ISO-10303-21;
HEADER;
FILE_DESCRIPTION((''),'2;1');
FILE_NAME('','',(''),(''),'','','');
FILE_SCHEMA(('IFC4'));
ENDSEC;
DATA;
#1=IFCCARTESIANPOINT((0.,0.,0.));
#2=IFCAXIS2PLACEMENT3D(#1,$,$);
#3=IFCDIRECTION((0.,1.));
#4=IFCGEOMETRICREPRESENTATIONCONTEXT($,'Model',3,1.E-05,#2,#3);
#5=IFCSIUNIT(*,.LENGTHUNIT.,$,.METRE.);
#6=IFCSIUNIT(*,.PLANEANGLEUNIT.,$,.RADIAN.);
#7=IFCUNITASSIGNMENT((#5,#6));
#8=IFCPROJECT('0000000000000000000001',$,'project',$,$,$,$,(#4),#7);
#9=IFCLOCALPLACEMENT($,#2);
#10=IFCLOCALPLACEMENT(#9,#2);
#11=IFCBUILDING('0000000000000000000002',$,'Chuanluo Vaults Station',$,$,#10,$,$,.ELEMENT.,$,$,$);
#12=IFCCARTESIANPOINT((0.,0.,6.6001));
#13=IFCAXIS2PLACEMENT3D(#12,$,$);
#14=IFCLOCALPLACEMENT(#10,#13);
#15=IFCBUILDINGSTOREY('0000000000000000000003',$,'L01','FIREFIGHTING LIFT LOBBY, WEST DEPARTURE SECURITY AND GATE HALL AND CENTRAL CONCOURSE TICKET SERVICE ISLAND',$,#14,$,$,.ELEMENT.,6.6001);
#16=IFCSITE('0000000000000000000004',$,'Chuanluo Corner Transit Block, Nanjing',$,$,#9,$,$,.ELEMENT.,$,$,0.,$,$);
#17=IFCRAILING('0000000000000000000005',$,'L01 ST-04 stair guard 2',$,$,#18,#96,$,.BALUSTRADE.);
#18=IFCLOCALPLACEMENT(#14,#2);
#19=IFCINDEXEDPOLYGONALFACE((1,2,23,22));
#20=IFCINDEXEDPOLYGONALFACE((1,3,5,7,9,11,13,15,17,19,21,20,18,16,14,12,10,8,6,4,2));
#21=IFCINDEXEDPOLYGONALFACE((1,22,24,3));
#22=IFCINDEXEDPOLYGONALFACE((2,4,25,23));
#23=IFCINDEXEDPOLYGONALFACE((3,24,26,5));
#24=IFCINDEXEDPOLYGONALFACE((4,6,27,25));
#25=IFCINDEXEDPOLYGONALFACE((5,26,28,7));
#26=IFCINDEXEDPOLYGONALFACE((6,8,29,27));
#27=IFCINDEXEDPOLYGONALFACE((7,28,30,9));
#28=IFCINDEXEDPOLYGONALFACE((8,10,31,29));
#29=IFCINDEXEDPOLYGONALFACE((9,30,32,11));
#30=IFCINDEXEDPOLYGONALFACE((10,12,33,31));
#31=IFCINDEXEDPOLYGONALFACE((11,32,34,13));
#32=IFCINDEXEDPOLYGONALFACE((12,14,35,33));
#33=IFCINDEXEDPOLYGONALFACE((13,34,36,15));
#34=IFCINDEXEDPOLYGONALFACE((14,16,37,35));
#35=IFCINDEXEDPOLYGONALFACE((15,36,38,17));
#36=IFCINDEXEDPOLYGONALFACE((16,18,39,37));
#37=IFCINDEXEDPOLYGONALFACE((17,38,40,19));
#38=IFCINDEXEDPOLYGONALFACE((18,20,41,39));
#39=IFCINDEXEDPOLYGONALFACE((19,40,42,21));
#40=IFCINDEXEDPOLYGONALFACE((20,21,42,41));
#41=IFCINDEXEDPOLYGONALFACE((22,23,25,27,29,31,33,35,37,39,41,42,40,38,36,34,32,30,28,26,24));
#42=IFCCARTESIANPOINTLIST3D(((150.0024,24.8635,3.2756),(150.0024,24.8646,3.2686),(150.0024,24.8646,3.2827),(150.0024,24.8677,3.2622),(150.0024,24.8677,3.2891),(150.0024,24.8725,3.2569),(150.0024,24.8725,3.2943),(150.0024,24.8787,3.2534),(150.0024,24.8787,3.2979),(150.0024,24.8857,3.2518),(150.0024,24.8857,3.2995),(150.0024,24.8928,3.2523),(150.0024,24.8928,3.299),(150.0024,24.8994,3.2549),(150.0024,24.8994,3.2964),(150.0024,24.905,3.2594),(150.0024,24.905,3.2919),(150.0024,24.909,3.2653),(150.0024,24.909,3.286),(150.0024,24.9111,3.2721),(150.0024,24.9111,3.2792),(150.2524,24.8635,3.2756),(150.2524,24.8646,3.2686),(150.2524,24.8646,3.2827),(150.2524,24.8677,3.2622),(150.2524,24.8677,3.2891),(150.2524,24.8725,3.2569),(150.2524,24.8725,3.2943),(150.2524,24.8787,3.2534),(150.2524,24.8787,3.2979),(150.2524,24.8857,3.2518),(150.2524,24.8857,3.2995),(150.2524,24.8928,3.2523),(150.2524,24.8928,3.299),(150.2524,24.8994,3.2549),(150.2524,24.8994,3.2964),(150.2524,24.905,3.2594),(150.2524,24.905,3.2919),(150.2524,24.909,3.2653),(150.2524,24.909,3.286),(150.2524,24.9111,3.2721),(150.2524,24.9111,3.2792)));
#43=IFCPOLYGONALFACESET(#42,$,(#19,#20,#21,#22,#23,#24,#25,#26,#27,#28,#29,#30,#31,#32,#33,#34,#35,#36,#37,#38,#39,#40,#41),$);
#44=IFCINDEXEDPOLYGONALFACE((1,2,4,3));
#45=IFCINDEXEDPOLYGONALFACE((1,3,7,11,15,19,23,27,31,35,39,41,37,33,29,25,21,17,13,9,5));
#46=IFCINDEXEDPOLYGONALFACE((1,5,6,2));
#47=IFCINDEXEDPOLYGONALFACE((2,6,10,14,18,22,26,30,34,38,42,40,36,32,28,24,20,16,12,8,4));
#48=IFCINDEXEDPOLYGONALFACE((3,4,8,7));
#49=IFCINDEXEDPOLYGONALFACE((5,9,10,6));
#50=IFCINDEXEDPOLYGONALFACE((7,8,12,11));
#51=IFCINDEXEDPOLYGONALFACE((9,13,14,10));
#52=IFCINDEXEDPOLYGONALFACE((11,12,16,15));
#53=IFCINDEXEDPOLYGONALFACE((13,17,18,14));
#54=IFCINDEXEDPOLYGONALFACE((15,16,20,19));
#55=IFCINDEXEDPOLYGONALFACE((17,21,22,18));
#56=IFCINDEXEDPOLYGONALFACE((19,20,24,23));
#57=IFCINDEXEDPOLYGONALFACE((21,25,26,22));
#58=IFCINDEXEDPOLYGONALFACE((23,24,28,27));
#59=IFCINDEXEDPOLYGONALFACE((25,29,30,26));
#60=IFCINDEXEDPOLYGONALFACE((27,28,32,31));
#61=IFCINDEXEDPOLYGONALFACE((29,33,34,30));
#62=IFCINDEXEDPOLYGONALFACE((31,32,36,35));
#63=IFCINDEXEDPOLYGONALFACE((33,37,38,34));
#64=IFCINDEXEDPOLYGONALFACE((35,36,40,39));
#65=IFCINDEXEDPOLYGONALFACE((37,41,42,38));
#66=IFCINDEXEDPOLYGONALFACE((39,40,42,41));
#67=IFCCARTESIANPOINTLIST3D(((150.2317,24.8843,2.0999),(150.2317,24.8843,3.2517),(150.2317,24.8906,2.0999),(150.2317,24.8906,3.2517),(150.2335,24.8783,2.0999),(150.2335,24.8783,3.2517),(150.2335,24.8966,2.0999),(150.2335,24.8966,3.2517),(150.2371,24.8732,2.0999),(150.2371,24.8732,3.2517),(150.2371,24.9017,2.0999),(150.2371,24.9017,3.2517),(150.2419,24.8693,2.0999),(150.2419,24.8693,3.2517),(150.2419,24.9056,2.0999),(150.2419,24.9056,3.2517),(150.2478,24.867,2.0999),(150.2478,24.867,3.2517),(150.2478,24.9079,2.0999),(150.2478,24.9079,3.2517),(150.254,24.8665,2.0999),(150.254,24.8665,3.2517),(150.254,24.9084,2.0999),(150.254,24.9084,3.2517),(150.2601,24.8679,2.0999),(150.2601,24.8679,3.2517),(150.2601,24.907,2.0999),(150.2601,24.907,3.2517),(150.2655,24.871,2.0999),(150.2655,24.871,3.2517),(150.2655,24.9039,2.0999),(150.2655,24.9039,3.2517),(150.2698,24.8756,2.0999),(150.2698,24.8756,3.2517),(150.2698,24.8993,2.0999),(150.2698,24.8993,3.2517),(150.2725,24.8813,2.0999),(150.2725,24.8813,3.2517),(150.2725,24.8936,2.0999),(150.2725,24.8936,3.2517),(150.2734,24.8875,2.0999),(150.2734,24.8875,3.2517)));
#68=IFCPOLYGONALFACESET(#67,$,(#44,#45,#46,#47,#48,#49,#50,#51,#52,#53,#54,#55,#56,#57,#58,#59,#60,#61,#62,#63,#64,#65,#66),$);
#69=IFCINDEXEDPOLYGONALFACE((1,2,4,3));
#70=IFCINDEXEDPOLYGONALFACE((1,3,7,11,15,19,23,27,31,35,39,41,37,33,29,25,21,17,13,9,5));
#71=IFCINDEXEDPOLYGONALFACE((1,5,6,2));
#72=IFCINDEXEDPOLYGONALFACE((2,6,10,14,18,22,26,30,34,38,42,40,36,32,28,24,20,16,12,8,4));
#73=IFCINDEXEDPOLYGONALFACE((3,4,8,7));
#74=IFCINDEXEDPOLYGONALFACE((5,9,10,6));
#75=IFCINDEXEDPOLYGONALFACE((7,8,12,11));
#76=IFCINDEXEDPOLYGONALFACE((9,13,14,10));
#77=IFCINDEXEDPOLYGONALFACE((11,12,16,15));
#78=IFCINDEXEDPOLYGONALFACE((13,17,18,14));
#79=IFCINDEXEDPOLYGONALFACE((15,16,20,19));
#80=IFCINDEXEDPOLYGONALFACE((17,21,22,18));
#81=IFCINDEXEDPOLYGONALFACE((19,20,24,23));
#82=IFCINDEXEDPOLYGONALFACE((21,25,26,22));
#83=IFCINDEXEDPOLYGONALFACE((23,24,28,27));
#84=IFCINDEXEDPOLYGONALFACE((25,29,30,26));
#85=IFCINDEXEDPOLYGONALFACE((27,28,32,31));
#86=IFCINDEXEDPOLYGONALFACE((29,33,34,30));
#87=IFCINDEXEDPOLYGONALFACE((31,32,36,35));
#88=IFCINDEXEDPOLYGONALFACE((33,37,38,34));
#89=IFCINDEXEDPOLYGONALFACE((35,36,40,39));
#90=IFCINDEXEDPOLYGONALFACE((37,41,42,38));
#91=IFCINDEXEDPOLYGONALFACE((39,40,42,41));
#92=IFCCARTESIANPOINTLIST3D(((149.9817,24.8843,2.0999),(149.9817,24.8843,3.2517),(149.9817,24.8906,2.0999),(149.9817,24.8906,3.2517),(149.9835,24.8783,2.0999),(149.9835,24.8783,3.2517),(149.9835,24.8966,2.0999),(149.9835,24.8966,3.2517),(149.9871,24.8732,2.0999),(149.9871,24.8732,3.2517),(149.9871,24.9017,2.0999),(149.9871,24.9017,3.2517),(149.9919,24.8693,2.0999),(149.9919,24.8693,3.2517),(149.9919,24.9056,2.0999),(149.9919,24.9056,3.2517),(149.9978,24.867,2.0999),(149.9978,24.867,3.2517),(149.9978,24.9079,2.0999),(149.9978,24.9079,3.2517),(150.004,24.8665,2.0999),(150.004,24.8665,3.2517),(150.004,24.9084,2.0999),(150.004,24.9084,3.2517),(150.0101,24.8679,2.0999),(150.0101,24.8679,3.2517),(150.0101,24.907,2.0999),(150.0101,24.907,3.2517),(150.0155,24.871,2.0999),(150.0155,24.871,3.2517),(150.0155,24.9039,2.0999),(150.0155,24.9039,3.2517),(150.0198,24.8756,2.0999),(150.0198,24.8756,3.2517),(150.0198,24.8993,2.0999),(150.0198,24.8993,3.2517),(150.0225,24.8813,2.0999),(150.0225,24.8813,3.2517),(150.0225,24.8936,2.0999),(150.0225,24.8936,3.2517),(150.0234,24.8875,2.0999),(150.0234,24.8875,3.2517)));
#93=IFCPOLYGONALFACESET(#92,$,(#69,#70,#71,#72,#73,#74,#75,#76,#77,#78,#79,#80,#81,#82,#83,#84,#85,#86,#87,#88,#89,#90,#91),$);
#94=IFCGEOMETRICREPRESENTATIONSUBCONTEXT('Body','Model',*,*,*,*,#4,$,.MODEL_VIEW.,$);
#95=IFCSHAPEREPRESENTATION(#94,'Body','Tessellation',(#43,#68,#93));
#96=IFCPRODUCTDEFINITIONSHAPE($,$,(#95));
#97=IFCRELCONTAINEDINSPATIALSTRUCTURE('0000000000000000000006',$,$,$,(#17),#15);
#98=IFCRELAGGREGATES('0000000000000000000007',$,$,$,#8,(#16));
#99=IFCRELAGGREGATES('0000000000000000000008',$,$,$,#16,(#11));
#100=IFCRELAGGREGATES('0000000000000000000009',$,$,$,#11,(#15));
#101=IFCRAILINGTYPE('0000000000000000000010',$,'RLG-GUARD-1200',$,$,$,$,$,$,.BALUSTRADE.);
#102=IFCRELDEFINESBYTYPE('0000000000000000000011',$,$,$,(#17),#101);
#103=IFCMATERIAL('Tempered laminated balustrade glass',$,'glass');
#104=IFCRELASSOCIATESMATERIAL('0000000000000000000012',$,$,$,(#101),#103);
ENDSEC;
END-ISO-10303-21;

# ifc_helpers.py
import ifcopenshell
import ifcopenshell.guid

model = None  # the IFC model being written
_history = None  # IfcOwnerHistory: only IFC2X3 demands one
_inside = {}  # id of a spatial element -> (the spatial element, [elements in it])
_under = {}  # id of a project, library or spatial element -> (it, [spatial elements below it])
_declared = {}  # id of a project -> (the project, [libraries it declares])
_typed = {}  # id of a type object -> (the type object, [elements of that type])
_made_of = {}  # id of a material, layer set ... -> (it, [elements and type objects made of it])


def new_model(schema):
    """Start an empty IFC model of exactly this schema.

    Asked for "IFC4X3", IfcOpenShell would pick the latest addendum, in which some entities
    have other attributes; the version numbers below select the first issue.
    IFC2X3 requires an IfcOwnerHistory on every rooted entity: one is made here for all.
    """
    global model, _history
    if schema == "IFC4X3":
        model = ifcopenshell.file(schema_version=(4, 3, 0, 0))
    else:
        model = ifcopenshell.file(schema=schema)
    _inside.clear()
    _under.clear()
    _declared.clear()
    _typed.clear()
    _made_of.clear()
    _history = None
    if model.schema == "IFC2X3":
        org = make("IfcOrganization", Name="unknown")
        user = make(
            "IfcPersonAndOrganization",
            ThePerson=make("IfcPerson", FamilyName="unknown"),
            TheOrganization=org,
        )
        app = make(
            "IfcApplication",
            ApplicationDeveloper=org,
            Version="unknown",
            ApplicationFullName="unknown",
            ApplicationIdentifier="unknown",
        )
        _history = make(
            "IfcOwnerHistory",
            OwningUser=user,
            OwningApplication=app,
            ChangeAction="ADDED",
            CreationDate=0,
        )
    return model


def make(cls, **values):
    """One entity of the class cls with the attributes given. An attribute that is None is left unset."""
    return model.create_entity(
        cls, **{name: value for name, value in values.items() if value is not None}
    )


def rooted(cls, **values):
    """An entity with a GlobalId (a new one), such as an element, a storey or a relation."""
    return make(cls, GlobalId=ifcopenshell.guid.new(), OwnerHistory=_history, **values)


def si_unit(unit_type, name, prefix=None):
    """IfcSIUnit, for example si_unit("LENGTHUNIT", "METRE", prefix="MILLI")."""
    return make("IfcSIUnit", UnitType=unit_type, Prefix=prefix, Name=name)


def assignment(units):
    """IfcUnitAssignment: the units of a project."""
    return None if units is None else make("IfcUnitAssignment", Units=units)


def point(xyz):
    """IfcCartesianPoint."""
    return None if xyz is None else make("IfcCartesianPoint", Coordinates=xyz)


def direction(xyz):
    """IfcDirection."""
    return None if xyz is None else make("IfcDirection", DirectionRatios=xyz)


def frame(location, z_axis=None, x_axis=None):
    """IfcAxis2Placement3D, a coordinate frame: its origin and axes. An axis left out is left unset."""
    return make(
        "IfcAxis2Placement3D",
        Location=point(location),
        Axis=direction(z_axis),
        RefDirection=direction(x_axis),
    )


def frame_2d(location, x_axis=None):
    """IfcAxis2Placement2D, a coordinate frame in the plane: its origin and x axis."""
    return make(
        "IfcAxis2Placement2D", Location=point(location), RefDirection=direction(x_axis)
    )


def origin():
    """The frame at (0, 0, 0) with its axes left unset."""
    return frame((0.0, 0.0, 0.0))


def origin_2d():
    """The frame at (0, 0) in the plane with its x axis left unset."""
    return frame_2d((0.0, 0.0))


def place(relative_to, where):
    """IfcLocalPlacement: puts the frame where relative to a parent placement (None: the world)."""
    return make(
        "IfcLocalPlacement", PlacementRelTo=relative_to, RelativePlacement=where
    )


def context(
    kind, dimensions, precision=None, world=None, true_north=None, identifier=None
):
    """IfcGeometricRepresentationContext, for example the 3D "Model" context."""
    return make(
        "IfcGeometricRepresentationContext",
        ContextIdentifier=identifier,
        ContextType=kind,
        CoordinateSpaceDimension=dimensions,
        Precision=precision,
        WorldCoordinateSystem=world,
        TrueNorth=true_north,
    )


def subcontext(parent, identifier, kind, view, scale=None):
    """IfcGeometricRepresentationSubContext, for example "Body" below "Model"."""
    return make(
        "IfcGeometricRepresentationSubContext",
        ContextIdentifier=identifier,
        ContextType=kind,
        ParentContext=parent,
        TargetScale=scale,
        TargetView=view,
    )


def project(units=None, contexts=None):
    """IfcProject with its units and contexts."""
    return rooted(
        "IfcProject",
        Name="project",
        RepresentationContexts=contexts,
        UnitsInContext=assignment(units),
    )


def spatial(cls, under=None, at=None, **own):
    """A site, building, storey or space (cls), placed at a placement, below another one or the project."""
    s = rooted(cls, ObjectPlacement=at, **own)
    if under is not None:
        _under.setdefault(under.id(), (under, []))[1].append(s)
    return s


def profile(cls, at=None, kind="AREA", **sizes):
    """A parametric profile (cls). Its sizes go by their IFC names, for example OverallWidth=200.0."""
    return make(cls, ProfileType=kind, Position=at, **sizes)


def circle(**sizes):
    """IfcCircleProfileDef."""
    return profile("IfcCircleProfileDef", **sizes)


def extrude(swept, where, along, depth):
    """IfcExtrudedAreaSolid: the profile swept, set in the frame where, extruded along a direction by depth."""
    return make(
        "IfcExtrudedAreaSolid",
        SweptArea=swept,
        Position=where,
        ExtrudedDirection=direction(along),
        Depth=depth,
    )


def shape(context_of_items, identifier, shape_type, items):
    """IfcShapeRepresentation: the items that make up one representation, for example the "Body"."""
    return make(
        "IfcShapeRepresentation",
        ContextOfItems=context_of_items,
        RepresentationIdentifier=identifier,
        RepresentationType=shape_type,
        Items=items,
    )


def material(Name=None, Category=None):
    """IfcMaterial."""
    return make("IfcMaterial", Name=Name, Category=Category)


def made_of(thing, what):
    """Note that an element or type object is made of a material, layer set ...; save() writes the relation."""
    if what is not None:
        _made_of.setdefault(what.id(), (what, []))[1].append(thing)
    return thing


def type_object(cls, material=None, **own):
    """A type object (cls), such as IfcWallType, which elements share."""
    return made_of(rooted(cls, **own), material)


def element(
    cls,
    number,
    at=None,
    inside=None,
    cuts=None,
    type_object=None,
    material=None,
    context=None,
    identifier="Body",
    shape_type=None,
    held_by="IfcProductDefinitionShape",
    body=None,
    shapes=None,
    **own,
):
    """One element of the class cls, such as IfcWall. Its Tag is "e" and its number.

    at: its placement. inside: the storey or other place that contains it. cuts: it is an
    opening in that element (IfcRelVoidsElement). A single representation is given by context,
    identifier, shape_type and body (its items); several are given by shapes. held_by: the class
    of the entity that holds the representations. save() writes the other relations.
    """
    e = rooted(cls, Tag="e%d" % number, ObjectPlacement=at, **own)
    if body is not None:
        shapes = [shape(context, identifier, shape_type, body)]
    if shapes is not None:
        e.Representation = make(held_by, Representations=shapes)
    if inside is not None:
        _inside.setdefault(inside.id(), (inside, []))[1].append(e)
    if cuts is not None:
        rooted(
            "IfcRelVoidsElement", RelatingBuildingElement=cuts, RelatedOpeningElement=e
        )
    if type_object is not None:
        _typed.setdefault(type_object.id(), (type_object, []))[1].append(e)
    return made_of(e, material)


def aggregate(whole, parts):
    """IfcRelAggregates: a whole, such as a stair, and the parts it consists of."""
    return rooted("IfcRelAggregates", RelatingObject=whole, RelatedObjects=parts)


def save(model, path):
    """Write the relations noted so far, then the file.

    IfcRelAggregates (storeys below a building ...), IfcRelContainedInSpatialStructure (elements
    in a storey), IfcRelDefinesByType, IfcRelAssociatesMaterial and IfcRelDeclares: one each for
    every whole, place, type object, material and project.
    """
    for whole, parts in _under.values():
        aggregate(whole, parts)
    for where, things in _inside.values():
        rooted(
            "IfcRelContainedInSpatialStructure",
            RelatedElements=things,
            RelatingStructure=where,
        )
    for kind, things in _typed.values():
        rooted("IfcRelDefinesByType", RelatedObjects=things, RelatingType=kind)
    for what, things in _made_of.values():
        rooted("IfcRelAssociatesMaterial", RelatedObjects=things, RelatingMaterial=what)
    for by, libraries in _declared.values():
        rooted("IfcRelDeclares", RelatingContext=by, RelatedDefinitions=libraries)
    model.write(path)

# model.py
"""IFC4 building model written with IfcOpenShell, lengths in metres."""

from ifc_helpers import new_model, si_unit, direction, frame, origin, origin_2d, place, context, subcontext, project, spatial, circle, extrude, material, type_object, element, save


model = new_model("IFC4")

# Units and contexts
model_context = context("Model", 3, precision=1e-05, world=origin(), true_north=direction((0.0, 1.0)))
body_context = subcontext(model_context, "Body", "Model", "MODEL_VIEW")
ifc_project = project(units=[si_unit("LENGTHUNIT", "METRE"), si_unit("PLANEANGLEUNIT", "RADIAN")], contexts=[model_context])

# Site, building, storey
site_placement = place(None, origin())
site = spatial("IfcSite", under=ifc_project, at=site_placement, Name="Chuanluo Corner Transit Block, Nanjing", CompositionType="ELEMENT", RefElevation=0.0)
building_placement = place(site_placement, origin())
building = spatial("IfcBuilding", under=site, at=building_placement, Name="Chuanluo Vaults Station", CompositionType="ELEMENT")
storey_placement = place(building_placement, frame((0.0, 0.0, 6.6001)))
storey = spatial("IfcBuildingStorey", under=building, at=storey_placement, Name="L01", Description="FIREFIGHTING LIFT LOBBY, WEST DEPARTURE SECURITY AND GATE HALL AND CENTRAL CONCOURSE TICKET SERVICE ISLAND", CompositionType="ELEMENT", Elevation=6.6001)

# Railing
ifc_material_1 = material(Name="Tempered laminated balustrade glass", Category="glass")
railing_type = type_object("IfcRailingType", Name="RLG-GUARD-1200", PredefinedType="BALUSTRADE", material=ifc_material_1)
railing_1_placement = place(storey_placement, frame((150.2524, 24.8875, 2.0999)))
element("IfcRailing", 1, at=railing_1_placement, inside=storey, type_object=railing_type, Name="L01 ST-04 stair guard 2", PredefinedType="BALUSTRADE", context=body_context, shape_type="SweptSolid", body=[
    extrude(circle(Radius=0.0239, at=origin_2d()), frame((0.0, 0.0, 1.1758), z_axis=(-1.0, 0.0, 0.0), x_axis=(0.0, -1.0, 0.0)), (0.0, 0.0, 1.0), 0.25),
    extrude(circle(Radius=0.021, at=origin_2d()), origin(), (0.0, 0.0, 1.0), 1.1519),
    extrude(circle(Radius=0.021, at=origin_2d()), frame((-0.25, 0.0, 0.0)), (0.0, 0.0, 1.0), 1.1519),
])

save(model, "model.ifc")
